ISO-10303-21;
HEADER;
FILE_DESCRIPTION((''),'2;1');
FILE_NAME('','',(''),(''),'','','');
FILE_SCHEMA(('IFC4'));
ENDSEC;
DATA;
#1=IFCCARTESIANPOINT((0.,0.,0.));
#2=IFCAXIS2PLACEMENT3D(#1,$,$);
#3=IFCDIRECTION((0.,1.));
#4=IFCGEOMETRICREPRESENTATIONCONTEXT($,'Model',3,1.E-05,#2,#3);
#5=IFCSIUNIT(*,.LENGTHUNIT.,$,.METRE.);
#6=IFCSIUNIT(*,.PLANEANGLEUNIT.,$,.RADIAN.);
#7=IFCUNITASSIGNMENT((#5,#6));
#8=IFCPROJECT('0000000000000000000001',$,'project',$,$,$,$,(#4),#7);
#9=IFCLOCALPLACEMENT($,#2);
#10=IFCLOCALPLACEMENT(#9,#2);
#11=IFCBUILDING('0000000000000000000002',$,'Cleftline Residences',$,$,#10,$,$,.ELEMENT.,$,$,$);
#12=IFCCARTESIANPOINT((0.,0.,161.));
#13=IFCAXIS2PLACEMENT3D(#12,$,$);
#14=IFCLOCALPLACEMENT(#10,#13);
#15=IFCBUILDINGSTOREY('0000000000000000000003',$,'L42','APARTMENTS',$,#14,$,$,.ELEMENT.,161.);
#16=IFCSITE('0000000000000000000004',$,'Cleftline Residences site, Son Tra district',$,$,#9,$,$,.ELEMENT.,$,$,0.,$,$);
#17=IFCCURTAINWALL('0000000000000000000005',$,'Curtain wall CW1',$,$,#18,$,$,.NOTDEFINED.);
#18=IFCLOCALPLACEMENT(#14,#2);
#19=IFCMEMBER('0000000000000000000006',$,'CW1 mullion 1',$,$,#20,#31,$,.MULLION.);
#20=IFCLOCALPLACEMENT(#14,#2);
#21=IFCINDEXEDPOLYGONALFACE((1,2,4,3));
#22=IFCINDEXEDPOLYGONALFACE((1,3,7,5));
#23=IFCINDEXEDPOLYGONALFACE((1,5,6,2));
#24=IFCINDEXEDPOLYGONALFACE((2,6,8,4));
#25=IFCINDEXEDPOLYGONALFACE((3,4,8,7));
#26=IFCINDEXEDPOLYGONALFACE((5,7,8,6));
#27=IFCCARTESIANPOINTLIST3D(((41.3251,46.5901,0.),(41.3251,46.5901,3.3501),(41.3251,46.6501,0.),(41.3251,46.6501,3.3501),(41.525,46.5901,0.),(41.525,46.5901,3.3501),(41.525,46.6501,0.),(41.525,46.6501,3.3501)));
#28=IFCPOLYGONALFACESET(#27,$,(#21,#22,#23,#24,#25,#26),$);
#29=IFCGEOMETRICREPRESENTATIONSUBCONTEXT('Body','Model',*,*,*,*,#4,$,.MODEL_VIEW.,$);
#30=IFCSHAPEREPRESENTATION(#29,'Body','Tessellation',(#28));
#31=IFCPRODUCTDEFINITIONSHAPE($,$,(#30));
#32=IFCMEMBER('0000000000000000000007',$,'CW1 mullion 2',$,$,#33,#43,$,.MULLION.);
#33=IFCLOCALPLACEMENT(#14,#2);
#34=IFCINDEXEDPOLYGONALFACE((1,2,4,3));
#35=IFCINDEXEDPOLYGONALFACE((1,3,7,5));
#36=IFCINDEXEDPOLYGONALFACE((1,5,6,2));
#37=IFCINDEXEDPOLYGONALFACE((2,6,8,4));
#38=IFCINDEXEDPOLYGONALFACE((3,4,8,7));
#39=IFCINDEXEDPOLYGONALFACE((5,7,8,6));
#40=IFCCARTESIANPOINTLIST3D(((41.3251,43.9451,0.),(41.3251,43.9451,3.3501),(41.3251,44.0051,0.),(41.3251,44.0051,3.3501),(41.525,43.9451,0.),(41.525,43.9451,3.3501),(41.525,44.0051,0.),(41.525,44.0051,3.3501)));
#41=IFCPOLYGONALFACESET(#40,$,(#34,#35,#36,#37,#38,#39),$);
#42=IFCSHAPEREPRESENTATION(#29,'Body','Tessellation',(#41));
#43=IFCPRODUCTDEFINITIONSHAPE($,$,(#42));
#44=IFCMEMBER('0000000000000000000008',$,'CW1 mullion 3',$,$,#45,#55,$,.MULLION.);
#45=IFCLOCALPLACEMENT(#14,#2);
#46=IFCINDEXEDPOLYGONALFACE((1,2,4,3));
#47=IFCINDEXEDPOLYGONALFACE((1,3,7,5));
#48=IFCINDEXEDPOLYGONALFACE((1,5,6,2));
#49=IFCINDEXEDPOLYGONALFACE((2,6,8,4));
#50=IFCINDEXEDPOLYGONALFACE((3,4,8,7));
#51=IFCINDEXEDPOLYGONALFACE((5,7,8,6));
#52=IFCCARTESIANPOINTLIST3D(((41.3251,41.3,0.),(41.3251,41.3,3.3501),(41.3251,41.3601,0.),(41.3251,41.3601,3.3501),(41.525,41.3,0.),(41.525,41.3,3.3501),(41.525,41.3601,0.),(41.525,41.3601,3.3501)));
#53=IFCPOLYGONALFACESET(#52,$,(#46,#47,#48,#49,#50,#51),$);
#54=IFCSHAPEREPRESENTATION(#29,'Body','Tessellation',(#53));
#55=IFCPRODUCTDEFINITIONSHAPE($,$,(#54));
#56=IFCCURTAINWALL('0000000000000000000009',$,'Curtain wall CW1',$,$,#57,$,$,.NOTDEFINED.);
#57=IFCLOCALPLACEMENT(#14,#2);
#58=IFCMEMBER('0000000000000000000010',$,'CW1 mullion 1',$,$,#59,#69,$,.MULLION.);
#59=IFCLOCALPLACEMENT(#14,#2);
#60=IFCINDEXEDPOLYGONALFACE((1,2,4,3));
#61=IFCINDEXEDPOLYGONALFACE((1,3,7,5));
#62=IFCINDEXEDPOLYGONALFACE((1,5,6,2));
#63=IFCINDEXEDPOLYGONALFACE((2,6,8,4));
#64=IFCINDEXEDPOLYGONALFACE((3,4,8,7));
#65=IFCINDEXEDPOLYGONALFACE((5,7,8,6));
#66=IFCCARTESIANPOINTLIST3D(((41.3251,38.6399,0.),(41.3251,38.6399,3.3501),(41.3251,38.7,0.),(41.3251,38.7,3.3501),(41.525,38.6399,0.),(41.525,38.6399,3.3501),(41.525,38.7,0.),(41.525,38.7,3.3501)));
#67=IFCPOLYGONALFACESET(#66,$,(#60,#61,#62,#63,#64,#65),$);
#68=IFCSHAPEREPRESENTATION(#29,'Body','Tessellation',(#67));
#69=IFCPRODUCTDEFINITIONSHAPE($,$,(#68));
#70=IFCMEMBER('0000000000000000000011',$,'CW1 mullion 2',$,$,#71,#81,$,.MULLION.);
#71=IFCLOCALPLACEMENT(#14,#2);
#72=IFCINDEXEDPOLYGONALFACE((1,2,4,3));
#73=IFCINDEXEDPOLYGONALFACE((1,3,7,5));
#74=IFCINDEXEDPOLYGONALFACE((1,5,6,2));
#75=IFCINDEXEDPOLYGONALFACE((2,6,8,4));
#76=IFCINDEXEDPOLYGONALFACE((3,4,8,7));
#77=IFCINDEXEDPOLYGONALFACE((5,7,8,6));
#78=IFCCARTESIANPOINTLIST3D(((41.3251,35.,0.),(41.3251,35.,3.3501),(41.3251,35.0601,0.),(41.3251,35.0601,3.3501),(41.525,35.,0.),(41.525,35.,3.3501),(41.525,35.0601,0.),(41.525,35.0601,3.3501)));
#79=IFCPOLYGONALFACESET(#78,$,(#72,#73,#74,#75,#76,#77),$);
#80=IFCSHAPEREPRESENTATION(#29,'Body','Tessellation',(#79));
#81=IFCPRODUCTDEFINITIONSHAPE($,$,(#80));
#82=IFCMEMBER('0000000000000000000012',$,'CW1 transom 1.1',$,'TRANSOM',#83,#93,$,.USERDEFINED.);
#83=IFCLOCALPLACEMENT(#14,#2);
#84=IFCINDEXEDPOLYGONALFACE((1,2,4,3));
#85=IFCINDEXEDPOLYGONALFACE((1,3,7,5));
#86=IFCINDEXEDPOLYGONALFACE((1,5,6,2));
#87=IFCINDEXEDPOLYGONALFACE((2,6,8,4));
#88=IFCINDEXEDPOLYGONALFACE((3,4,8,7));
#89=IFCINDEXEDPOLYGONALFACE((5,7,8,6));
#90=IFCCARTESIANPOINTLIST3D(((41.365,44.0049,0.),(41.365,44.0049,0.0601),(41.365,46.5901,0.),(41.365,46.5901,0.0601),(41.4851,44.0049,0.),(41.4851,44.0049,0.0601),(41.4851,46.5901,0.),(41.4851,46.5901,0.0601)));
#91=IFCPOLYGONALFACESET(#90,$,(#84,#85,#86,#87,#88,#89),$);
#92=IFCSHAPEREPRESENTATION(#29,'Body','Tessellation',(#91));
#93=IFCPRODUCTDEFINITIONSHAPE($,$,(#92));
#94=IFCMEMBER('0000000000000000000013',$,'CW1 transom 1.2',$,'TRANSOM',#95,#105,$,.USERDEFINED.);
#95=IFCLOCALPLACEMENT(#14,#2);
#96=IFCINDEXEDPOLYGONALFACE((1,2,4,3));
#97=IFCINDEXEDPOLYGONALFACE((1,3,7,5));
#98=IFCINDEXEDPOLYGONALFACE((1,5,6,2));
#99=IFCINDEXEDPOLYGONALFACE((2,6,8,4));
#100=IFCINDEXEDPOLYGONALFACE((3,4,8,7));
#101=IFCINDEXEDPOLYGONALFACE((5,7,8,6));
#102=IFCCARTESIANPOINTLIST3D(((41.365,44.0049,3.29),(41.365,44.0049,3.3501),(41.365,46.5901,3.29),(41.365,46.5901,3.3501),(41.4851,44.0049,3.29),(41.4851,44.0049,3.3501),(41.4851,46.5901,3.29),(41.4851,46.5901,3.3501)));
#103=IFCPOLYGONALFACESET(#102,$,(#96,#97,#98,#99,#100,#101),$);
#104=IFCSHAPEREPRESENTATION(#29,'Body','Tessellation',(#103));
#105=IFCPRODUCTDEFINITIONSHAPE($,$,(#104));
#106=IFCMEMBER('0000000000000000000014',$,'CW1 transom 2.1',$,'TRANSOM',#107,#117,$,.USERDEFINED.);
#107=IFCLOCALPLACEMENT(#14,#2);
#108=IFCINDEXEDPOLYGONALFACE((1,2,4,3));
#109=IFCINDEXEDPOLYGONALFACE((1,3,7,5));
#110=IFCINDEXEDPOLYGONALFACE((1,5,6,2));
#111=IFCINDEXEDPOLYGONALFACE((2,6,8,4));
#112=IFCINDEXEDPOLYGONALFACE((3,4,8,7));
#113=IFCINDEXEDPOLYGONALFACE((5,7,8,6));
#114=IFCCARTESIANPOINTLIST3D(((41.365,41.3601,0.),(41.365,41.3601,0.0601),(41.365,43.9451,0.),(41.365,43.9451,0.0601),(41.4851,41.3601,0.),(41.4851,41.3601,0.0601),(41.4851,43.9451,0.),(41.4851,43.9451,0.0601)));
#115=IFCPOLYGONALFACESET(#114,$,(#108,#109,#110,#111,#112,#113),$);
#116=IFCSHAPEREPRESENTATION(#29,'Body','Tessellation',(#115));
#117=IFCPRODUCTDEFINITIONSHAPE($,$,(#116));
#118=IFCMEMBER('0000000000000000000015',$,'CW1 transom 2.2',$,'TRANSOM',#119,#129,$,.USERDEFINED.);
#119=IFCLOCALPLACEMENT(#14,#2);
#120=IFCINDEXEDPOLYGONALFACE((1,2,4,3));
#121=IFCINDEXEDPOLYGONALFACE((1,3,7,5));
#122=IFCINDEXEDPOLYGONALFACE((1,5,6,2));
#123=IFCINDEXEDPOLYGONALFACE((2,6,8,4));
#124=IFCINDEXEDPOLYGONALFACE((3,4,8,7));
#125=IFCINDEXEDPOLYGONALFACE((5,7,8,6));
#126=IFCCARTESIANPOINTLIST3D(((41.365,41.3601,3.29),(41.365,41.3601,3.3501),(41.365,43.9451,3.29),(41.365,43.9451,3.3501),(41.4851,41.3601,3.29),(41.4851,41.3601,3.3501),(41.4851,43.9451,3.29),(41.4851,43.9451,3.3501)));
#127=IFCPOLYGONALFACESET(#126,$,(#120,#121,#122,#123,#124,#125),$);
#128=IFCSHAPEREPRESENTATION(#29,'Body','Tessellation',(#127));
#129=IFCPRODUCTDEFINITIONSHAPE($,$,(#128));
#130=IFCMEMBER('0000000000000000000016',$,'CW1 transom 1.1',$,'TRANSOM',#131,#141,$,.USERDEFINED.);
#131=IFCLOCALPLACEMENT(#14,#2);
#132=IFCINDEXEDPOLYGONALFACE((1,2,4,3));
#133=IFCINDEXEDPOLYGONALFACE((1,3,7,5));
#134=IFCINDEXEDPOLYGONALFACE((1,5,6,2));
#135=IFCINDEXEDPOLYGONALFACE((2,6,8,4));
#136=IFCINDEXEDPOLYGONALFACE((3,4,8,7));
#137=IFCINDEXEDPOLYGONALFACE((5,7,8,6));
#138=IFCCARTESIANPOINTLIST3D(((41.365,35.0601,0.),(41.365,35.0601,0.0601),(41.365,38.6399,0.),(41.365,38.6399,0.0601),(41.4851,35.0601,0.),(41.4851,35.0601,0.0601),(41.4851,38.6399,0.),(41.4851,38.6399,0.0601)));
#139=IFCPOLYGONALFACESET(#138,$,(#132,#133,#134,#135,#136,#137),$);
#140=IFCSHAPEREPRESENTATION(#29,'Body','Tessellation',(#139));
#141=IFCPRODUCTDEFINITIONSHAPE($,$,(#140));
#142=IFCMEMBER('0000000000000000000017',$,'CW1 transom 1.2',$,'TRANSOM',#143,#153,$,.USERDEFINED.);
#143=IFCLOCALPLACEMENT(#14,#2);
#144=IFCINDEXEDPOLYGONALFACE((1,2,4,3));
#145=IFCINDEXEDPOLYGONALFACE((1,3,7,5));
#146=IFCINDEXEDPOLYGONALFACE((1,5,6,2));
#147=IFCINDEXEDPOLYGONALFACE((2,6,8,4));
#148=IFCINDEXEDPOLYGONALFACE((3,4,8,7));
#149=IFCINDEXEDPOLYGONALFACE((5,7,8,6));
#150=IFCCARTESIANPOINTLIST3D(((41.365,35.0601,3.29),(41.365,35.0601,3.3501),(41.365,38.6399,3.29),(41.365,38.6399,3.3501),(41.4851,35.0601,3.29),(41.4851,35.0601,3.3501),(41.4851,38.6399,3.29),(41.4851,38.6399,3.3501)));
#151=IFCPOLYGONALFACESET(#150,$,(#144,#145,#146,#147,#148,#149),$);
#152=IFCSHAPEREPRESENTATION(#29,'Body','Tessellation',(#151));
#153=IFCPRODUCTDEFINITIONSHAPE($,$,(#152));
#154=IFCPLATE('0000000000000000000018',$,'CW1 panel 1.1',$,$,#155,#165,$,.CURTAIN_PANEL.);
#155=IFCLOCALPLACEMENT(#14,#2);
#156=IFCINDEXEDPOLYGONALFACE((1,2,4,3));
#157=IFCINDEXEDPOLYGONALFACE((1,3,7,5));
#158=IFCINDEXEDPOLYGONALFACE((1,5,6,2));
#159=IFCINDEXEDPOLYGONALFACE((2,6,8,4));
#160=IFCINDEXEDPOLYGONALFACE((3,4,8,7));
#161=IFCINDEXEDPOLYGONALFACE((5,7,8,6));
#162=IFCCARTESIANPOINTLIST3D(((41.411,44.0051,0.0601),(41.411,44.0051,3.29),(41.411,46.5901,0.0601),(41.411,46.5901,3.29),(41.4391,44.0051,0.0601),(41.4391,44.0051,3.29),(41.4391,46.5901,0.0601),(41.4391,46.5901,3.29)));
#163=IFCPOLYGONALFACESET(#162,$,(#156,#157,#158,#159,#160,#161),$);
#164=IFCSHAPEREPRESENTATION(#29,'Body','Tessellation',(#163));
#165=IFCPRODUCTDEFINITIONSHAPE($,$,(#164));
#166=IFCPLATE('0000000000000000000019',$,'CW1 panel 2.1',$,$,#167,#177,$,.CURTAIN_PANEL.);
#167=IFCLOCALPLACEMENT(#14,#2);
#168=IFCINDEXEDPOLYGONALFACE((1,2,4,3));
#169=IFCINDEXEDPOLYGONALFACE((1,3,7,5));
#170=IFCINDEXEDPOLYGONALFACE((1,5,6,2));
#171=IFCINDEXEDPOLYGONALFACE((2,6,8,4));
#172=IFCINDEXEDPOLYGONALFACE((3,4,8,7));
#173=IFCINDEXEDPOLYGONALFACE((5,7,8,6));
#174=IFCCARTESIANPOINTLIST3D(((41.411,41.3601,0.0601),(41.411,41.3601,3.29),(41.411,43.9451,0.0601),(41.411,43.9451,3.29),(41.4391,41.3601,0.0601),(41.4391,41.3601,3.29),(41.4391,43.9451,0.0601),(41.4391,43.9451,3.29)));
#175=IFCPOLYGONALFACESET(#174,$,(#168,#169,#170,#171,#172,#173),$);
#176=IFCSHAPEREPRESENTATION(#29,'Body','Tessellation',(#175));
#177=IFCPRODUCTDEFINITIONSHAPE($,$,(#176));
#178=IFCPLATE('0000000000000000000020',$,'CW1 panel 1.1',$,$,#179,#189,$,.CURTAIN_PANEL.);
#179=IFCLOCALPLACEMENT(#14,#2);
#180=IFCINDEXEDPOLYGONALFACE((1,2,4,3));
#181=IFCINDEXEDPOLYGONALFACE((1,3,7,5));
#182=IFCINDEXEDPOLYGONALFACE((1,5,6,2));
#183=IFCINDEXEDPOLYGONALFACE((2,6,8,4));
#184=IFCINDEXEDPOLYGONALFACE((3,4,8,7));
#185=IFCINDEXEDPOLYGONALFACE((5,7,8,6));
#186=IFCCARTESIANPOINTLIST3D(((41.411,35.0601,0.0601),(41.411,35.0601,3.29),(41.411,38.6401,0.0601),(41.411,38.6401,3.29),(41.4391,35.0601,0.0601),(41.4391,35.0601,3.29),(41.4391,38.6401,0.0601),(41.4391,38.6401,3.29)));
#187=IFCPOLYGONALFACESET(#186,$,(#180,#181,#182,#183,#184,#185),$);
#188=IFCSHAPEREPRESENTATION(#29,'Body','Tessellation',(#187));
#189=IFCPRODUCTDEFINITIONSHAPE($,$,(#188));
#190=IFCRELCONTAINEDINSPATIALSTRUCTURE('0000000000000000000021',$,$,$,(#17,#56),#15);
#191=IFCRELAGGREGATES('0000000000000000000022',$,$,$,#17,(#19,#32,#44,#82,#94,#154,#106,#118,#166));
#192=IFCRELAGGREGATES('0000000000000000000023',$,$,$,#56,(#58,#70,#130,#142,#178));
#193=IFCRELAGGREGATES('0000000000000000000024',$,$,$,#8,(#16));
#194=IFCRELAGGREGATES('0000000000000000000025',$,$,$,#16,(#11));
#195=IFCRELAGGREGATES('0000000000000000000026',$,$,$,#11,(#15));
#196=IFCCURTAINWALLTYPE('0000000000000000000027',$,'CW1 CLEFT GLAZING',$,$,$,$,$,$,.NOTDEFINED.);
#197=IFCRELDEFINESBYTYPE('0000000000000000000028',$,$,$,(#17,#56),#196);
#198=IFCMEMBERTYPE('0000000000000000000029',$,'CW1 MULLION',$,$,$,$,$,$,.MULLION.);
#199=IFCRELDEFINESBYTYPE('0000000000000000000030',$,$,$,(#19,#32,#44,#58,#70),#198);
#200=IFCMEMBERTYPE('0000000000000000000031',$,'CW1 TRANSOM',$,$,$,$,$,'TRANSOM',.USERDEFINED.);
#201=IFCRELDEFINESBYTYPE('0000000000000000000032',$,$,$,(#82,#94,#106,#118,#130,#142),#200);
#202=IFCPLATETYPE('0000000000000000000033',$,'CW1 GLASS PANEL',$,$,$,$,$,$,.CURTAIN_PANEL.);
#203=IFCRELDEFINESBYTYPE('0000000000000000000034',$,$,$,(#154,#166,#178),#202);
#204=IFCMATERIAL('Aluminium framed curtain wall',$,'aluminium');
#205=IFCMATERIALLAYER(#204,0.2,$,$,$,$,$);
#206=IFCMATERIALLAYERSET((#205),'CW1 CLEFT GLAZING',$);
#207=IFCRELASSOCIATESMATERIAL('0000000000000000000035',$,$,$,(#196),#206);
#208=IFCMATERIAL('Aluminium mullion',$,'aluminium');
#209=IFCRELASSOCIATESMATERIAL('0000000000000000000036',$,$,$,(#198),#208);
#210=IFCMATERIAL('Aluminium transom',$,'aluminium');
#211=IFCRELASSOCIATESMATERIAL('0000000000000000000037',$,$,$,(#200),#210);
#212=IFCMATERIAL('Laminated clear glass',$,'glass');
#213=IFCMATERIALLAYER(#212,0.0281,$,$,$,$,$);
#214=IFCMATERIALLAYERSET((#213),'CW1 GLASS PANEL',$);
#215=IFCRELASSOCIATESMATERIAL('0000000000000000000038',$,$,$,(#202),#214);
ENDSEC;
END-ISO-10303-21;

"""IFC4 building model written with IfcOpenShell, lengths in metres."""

from ifc_helpers import new_model, si_unit, direction, frame, origin, origin_2d, place, context, subcontext, project, spatial, rectangle, extrude, material, layer, layer_set, material_profile, profile_set, type_object, element, aggregate, save


model = new_model("IFC4")

# Units and contexts
model_context = context("Model", 3, precision=1e-05, world=origin(), true_north=direction((0.0, 1.0)))
body_context = subcontext(model_context, "Body", "Model", "MODEL_VIEW")
ifc_project = project(units=[si_unit("LENGTHUNIT", "METRE"), si_unit("PLANEANGLEUNIT", "RADIAN")], contexts=[model_context])

# Site, building, storey
site_placement = place(None, origin())
site = spatial("IfcSite", under=ifc_project, at=site_placement, Name="Cleftline Residences site, Son Tra district", CompositionType="ELEMENT", RefElevation=0.0)
building_placement = place(site_placement, origin())
building = spatial("IfcBuilding", under=site, at=building_placement, Name="Cleftline Residences", CompositionType="ELEMENT")
storey_placement = place(building_placement, frame((0.0, 0.0, 161.0)))
storey = spatial("IfcBuildingStorey", under=building, at=storey_placement, Name="L42", Description="APARTMENTS", CompositionType="ELEMENT", Elevation=161.0)

# Curtain walls, members
ifc_material_1 = material(Name="Aluminium framed curtain wall", Category="aluminium")
ifc_layer_1 = layer(ifc_material_1, 0.2)
ifc_layer_set_1 = layer_set([ifc_layer_1], Name="CW1 CLEFT GLAZING")
curtain_wall_type = type_object("IfcCurtainWallType", Name="CW1 CLEFT GLAZING", PredefinedType="NOTDEFINED", material=ifc_layer_set_1)
curtain_wall_1_placement = place(storey_placement, origin())
curtain_wall_1 = element("IfcCurtainWall", 1, at=curtain_wall_1_placement, inside=storey, type_object=curtain_wall_type, Name="Curtain wall CW1", PredefinedType="NOTDEFINED")
ifc_material_2 = material(Name="Aluminium mullion", Category="aluminium")
ifc_material_profile_1 = material_profile(ifc_material_2, rectangle(XDim=0.2, YDim=0.0601, at=origin_2d()))
ifc_profile_set_1 = profile_set([ifc_material_profile_1], Name="Aluminium mullion")
member_type_1 = type_object("IfcMemberType", Name="CW1 MULLION", PredefinedType="MULLION", material=ifc_profile_set_1)
member_1_placement = place(storey_placement, frame((41.425, 46.6201, 0.0), z_axis=(0.0, 0.0, 1.0), x_axis=(1.0, 0.0, 0.0)))
member_1 = element("IfcMember", 2, at=member_1_placement, type_object=member_type_1, Name="CW1 mullion 1", PredefinedType="MULLION", context=body_context, shape_type="SweptSolid", body=[
    extrude(rectangle(XDim=0.2, YDim=0.0601, at=origin_2d()), origin(), (0.0, 0.0, 1.0), 3.3501),
])
member_2_placement = place(storey_placement, frame((41.425, 43.9751, 0.0), z_axis=(0.0, 0.0, 1.0), x_axis=(1.0, 0.0, 0.0)))
member_2 = element("IfcMember", 3, at=member_2_placement, type_object=member_type_1, Name="CW1 mullion 2", PredefinedType="MULLION", context=body_context, shape_type="SweptSolid", body=[
    extrude(rectangle(XDim=0.2, YDim=0.0601, at=origin_2d()), origin(), (0.0, 0.0, 1.0), 3.3501),
])
member_3_placement = place(storey_placement, frame((41.425, 41.3301, 0.0), z_axis=(0.0, 0.0, 1.0), x_axis=(1.0, 0.0, 0.0)))
member_3 = element("IfcMember", 4, at=member_3_placement, type_object=member_type_1, Name="CW1 mullion 3", PredefinedType="MULLION", context=body_context, shape_type="SweptSolid", body=[
    extrude(rectangle(XDim=0.2, YDim=0.0601, at=origin_2d()), origin(), (0.0, 0.0, 1.0), 3.3501),
])
curtain_wall_2_placement = place(storey_placement, origin())
curtain_wall_2 = element("IfcCurtainWall", 5, at=curtain_wall_2_placement, inside=storey, type_object=curtain_wall_type, Name="Curtain wall CW1", PredefinedType="NOTDEFINED")
member_4_placement = place(storey_placement, frame((41.425, 38.6699, 0.0), z_axis=(0.0, 0.0, 1.0), x_axis=(1.0, 0.0, 0.0)))
member_4 = element("IfcMember", 6, at=member_4_placement, type_object=member_type_1, Name="CW1 mullion 1", PredefinedType="MULLION", context=body_context, shape_type="SweptSolid", body=[
    extrude(rectangle(XDim=0.2, YDim=0.0601, at=origin_2d()), origin(), (0.0, 0.0, 1.0), 3.3501),
])
member_5_placement = place(storey_placement, frame((41.425, 35.03, 0.0), z_axis=(0.0, 0.0, 1.0), x_axis=(1.0, 0.0, 0.0)))
member_5 = element("IfcMember", 7, at=member_5_placement, type_object=member_type_1, Name="CW1 mullion 2", PredefinedType="MULLION", context=body_context, shape_type="SweptSolid", body=[
    extrude(rectangle(XDim=0.2, YDim=0.0601, at=origin_2d()), origin(), (0.0, 0.0, 1.0), 3.3501),
])

# Members
ifc_material_3 = material(Name="Aluminium transom", Category="aluminium")
ifc_material_profile_2 = material_profile(ifc_material_3, rectangle(XDim=0.1201, YDim=0.0601, at=origin_2d()))
ifc_profile_set_2 = profile_set([ifc_material_profile_2], Name="Aluminium transom")
member_type_2 = type_object("IfcMemberType", Name="CW1 TRANSOM", ElementType="TRANSOM", PredefinedType="USERDEFINED", material=ifc_profile_set_2)
member_6_placement = place(storey_placement, frame((41.425, 46.5901, 0.03), z_axis=(0.0, -1.0, 0.0), x_axis=(1.0, 0.0, 0.0)))
member_6 = element("IfcMember", 8, at=member_6_placement, type_object=member_type_2, Name="CW1 transom 1.1", ObjectType="TRANSOM", PredefinedType="USERDEFINED", context=body_context, shape_type="SweptSolid", body=[
    extrude(rectangle(XDim=0.1201, YDim=0.0601, at=origin_2d()), origin(), (0.0, 0.0, 1.0), 2.5852),
])
member_7_placement = place(storey_placement, frame((41.425, 46.5901, 3.3201), z_axis=(0.0, -1.0, 0.0), x_axis=(1.0, 0.0, 0.0)))
member_7 = element("IfcMember", 9, at=member_7_placement, type_object=member_type_2, Name="CW1 transom 1.2", ObjectType="TRANSOM", PredefinedType="USERDEFINED", context=body_context, shape_type="SweptSolid", body=[
    extrude(rectangle(XDim=0.1201, YDim=0.0601, at=origin_2d()), origin(), (0.0, 0.0, 1.0), 2.5852),
])
member_8_placement = place(storey_placement, frame((41.425, 43.9451, 0.03), z_axis=(0.0, -1.0, 0.0), x_axis=(1.0, 0.0, 0.0)))
member_8 = element("IfcMember", 10, at=member_8_placement, type_object=member_type_2, Name="CW1 transom 2.1", ObjectType="TRANSOM", PredefinedType="USERDEFINED", context=body_context, shape_type="SweptSolid", body=[
    extrude(rectangle(XDim=0.1201, YDim=0.0601, at=origin_2d()), origin(), (0.0, 0.0, 1.0), 2.585),
])
member_9_placement = place(storey_placement, frame((41.425, 43.9451, 3.3201), z_axis=(0.0, -1.0, 0.0), x_axis=(1.0, 0.0, 0.0)))
member_9 = element("IfcMember", 11, at=member_9_placement, type_object=member_type_2, Name="CW1 transom 2.2", ObjectType="TRANSOM", PredefinedType="USERDEFINED", context=body_context, shape_type="SweptSolid", body=[
    extrude(rectangle(XDim=0.1201, YDim=0.0601, at=origin_2d()), origin(), (0.0, 0.0, 1.0), 2.585),
])
member_10_placement = place(storey_placement, frame((41.425, 38.6399, 0.03), z_axis=(0.0, -1.0, 0.0), x_axis=(1.0, 0.0, 0.0)))
member_10 = element("IfcMember", 12, at=member_10_placement, type_object=member_type_2, Name="CW1 transom 1.1", ObjectType="TRANSOM", PredefinedType="USERDEFINED", context=body_context, shape_type="SweptSolid", body=[
    extrude(rectangle(XDim=0.1201, YDim=0.0601, at=origin_2d()), origin(), (0.0, 0.0, 1.0), 3.5798),
])
member_11_placement = place(storey_placement, frame((41.425, 38.6399, 3.3201), z_axis=(0.0, -1.0, 0.0), x_axis=(1.0, 0.0, 0.0)))
member_11 = element("IfcMember", 13, at=member_11_placement, type_object=member_type_2, Name="CW1 transom 1.2", ObjectType="TRANSOM", PredefinedType="USERDEFINED", context=body_context, shape_type="SweptSolid", body=[
    extrude(rectangle(XDim=0.1201, YDim=0.0601, at=origin_2d()), origin(), (0.0, 0.0, 1.0), 3.5798),
])

# Plates
ifc_material_4 = material(Name="Laminated clear glass", Category="glass")
ifc_layer_2 = layer(ifc_material_4, 0.0281)
ifc_layer_set_2 = layer_set([ifc_layer_2], Name="CW1 GLASS PANEL")
plate_type = type_object("IfcPlateType", Name="CW1 GLASS PANEL", PredefinedType="CURTAIN_PANEL", material=ifc_layer_set_2)
plate_1_placement = place(storey_placement, frame((41.425, 45.2976, 0.0601), z_axis=(0.0, 0.0, 1.0), x_axis=(0.0, -1.0, 0.0)))
plate_1 = element("IfcPlate", 14, at=plate_1_placement, type_object=plate_type, Name="CW1 panel 1.1", PredefinedType="CURTAIN_PANEL", context=body_context, shape_type="SweptSolid", body=[
    extrude(rectangle(XDim=2.585, YDim=0.0281, at=origin_2d()), origin(), (0.0, 0.0, 1.0), 3.23),
])
plate_2_placement = place(storey_placement, frame((41.425, 42.6526, 0.0601), z_axis=(0.0, 0.0, 1.0), x_axis=(0.0, -1.0, 0.0)))
plate_2 = element("IfcPlate", 15, at=plate_2_placement, type_object=plate_type, Name="CW1 panel 2.1", PredefinedType="CURTAIN_PANEL", context=body_context, shape_type="SweptSolid", body=[
    extrude(rectangle(XDim=2.585, YDim=0.0281, at=origin_2d()), origin(), (0.0, 0.0, 1.0), 3.23),
])
aggregate(curtain_wall_1, [member_1, member_2, member_3, member_6, member_7, plate_1, member_8, member_9, plate_2])
plate_3_placement = place(storey_placement, frame((41.425, 36.8501, 0.0601), z_axis=(0.0, 0.0, 1.0), x_axis=(0.0, -1.0, 0.0)))
plate_3 = element("IfcPlate", 16, at=plate_3_placement, type_object=plate_type, Name="CW1 panel 1.1", PredefinedType="CURTAIN_PANEL", context=body_context, shape_type="SweptSolid", body=[
    extrude(rectangle(XDim=3.5801, YDim=0.0281, at=origin_2d()), origin(), (0.0, 0.0, 1.0), 3.23),
])
aggregate(curtain_wall_2, [member_4, member_5, member_10, member_11, plate_3])

save(model, "model.ifc")
